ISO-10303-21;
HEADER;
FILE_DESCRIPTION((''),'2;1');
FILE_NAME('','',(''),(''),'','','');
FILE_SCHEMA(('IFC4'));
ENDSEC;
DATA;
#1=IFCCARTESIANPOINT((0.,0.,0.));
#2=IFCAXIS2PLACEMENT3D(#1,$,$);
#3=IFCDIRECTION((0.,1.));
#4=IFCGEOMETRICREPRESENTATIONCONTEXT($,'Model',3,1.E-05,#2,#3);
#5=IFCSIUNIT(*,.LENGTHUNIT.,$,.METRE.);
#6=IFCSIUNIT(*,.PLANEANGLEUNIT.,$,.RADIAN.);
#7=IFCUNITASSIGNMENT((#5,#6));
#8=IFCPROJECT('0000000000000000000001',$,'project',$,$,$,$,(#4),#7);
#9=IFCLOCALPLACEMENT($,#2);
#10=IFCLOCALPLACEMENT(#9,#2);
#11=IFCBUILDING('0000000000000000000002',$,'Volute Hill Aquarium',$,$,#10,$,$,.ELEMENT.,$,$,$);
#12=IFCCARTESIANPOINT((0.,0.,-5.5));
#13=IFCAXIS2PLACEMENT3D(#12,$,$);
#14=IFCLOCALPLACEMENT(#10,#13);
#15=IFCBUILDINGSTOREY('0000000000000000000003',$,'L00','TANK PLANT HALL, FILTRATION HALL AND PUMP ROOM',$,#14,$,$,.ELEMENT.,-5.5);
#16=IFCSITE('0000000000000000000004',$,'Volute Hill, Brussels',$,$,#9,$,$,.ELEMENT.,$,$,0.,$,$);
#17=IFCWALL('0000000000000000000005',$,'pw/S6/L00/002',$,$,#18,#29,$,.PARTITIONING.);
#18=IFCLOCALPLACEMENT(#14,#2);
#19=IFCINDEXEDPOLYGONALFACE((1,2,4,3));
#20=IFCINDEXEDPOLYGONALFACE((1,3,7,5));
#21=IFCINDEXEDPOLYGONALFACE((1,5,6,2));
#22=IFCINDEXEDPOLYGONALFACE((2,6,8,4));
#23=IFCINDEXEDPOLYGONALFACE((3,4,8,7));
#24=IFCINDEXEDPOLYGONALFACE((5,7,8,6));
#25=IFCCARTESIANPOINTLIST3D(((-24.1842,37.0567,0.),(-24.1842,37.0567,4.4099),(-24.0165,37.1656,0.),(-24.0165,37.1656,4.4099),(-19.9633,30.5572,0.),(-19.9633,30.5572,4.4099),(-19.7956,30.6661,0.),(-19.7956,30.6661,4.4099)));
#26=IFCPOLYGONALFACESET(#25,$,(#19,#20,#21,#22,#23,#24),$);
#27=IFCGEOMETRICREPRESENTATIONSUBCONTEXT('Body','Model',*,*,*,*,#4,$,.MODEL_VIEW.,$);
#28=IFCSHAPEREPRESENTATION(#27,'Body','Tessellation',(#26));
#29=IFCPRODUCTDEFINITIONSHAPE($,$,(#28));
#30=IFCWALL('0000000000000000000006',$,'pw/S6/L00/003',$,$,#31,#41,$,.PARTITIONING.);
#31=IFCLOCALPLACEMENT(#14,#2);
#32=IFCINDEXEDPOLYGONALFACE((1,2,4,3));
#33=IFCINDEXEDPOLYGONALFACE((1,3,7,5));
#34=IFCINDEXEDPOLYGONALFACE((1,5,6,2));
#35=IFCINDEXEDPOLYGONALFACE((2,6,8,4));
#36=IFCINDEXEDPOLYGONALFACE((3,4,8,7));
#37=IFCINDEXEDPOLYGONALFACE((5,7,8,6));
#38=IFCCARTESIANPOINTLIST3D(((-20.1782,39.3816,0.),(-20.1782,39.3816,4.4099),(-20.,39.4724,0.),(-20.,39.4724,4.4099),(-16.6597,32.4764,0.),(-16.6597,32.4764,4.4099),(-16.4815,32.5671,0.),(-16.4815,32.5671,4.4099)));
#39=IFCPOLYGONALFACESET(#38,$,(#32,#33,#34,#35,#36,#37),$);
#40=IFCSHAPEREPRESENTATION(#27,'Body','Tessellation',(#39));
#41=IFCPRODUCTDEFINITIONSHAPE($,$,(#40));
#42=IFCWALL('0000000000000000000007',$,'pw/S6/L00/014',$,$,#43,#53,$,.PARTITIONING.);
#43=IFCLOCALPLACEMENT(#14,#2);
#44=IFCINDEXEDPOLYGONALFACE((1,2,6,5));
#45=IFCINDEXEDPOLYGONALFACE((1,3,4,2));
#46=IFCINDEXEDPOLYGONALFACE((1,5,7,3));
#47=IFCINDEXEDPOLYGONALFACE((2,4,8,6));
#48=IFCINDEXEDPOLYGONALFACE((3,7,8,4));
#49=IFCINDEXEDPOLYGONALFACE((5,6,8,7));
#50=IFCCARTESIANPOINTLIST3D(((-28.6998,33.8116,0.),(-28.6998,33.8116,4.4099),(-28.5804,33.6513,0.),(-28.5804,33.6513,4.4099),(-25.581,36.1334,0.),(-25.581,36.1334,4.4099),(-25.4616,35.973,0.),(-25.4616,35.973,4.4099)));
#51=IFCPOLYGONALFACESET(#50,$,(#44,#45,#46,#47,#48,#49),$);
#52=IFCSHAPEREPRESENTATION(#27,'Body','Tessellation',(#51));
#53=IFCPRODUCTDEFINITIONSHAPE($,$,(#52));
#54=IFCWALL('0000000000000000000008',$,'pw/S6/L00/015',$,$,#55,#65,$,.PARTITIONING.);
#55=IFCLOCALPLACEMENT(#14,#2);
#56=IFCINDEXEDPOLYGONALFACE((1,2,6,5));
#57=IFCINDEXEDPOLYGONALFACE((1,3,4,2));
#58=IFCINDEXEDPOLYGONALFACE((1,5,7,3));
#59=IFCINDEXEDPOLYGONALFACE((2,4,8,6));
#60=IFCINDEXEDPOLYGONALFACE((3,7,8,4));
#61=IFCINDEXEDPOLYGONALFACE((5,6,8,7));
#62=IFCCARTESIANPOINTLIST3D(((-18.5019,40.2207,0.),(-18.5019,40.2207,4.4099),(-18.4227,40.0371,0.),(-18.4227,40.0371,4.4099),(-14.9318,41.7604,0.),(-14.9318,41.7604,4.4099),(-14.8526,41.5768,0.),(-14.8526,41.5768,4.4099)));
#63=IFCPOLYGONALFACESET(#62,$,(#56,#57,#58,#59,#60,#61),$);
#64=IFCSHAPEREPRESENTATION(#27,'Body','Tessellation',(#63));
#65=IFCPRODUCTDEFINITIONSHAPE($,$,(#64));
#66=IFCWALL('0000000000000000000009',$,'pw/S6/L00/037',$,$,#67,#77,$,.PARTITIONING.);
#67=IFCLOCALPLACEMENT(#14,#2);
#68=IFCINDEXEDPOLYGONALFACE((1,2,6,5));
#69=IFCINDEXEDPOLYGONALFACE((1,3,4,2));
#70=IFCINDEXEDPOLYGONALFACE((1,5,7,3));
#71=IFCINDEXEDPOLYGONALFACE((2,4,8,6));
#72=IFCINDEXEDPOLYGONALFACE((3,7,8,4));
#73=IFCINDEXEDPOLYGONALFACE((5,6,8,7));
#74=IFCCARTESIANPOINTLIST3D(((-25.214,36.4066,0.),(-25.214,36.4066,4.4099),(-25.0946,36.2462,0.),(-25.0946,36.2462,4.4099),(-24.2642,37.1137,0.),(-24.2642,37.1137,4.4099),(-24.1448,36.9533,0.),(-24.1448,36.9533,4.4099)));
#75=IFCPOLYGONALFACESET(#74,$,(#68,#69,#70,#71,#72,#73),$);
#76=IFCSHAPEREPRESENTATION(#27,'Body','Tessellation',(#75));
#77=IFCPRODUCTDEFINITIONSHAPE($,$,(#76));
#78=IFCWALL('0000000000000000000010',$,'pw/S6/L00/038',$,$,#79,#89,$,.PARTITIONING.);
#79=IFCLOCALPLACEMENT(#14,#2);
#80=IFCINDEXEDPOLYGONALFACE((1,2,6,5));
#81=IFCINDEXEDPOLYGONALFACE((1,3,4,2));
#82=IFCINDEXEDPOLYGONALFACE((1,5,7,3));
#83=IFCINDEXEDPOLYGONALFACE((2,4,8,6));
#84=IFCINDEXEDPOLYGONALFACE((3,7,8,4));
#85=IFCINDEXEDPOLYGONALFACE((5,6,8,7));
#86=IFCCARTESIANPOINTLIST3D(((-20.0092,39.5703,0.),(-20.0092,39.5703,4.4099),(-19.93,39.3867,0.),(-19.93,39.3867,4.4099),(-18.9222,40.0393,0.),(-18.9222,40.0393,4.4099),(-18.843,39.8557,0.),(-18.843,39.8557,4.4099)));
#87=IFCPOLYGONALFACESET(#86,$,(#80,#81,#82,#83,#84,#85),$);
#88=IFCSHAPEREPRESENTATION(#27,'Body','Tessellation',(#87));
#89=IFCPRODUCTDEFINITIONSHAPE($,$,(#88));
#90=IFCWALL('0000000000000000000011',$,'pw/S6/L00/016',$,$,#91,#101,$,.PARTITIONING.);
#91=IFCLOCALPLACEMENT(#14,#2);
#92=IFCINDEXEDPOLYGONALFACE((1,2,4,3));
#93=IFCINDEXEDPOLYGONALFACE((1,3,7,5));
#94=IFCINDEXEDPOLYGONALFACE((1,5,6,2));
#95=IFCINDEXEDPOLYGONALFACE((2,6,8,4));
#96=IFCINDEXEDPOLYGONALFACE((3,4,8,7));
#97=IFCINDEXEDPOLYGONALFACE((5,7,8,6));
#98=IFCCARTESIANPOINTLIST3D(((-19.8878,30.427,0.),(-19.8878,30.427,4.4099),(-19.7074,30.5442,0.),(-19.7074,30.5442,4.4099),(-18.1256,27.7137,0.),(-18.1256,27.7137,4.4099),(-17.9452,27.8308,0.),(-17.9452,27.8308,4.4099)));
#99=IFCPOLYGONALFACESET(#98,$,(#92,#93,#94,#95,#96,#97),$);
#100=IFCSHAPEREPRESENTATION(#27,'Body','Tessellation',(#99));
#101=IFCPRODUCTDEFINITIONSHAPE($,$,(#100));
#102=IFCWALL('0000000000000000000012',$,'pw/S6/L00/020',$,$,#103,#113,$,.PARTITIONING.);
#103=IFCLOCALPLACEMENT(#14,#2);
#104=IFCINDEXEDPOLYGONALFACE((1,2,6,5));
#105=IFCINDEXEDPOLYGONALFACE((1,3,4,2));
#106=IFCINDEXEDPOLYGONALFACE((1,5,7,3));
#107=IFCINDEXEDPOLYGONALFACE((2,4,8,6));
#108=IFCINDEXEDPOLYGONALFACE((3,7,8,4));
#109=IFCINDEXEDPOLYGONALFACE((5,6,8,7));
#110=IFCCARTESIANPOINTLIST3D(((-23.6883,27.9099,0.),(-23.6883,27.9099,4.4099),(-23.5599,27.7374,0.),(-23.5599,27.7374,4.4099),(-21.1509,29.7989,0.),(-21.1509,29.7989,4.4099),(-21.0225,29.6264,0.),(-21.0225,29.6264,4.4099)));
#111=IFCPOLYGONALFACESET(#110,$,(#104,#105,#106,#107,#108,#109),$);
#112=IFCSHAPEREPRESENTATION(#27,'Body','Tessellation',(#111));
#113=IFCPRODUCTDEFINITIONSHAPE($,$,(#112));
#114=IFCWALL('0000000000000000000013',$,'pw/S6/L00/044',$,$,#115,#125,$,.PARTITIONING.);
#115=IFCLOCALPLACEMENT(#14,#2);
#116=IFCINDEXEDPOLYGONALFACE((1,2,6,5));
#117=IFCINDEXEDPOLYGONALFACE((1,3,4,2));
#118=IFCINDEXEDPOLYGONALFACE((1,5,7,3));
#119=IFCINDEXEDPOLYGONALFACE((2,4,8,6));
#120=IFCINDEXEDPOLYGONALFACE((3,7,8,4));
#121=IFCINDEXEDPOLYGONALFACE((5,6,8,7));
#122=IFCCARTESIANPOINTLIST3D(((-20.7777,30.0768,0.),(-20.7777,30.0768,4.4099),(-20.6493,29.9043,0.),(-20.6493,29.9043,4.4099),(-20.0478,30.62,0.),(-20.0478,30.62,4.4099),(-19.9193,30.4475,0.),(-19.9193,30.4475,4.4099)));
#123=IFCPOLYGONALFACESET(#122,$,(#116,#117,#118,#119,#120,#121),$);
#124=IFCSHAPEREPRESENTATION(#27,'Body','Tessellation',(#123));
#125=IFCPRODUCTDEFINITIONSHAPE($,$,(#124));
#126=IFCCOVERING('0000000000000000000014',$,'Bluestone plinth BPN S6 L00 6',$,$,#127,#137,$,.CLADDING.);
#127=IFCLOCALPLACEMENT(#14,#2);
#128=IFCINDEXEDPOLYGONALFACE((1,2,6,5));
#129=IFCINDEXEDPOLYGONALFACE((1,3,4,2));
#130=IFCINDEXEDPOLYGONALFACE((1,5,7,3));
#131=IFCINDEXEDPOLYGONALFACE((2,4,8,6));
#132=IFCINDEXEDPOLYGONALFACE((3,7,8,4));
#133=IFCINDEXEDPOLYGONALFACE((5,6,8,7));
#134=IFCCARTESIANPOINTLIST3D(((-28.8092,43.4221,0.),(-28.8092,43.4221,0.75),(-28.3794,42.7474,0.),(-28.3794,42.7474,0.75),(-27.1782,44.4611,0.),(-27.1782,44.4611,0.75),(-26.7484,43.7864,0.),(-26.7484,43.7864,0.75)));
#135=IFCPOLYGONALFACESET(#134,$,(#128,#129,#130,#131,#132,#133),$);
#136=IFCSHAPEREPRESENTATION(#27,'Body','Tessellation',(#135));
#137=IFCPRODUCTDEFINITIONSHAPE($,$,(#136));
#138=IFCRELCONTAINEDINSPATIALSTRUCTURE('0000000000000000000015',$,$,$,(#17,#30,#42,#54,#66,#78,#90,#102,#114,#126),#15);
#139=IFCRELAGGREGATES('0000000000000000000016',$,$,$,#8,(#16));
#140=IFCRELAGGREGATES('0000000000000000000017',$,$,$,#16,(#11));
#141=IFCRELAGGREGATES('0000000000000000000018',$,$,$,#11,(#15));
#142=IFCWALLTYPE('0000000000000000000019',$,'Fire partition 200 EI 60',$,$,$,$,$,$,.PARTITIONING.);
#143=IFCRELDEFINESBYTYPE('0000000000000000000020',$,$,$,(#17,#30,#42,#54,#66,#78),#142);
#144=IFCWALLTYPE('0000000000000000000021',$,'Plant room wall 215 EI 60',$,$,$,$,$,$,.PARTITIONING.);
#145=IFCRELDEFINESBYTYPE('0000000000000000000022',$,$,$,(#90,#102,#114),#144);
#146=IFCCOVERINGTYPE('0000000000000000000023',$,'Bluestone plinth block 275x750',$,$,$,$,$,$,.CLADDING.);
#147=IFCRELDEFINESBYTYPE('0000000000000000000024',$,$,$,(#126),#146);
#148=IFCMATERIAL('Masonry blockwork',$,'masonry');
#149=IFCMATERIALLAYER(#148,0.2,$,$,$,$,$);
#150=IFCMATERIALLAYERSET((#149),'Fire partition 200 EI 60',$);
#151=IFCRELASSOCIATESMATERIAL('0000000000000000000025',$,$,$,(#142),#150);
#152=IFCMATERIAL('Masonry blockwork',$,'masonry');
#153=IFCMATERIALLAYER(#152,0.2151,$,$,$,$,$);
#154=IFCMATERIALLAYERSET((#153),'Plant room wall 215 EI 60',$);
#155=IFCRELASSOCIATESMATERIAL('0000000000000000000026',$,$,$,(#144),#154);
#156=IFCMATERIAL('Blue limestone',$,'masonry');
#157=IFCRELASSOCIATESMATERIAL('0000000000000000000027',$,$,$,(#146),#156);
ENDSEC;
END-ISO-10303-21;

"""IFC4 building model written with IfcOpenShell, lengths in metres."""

from ifc_helpers import new_model, si_unit, direction, frame, frame_2d, origin, origin_2d, place, context, subcontext, project, spatial, rectangle, extrude, material, layer, layer_set, type_object, element, save


model = new_model("IFC4")

# Units and contexts
model_context = context("Model", 3, precision=1e-05, world=origin(), true_north=direction((0.0, 1.0)))
body_context = subcontext(model_context, "Body", "Model", "MODEL_VIEW")
ifc_project = project(units=[si_unit("LENGTHUNIT", "METRE"), si_unit("PLANEANGLEUNIT", "RADIAN")], contexts=[model_context])

# Site, building, storey
site_placement = place(None, origin())
site = spatial("IfcSite", under=ifc_project, at=site_placement, Name="Volute Hill, Brussels", CompositionType="ELEMENT", RefElevation=0.0)
building_placement = place(site_placement, origin())
building = spatial("IfcBuilding", under=site, at=building_placement, Name="Volute Hill Aquarium", CompositionType="ELEMENT")
storey_placement = place(building_placement, frame((0.0, 0.0, -5.5)))
storey = spatial("IfcBuildingStorey", under=building, at=storey_placement, Name="L00", Description="TANK PLANT HALL, FILTRATION HALL AND PUMP ROOM", CompositionType="ELEMENT", Elevation=-5.5)

# Walls
ifc_material_1 = material(Name="Masonry blockwork", Category="masonry")
ifc_layer_1 = layer(ifc_material_1, 0.2)
ifc_layer_set_1 = layer_set([ifc_layer_1], Name="Fire partition 200 EI 60")
wall_type_1 = type_object("IfcWallType", Name="Fire partition 200 EI 60", PredefinedType="PARTITIONING", material=ifc_layer_set_1)
wall_1_placement = place(storey_placement, frame((-19.8794, 30.6116, 0.0), z_axis=(0.0, 0.0, 1.0), x_axis=(-0.544649, 0.838664, 0.0)))
element("IfcWall", 1, at=wall_1_placement, inside=storey, type_object=wall_type_1, Name="pw/S6/L00/002", PredefinedType="PARTITIONING", context=body_context, shape_type="SweptSolid", body=[
    extrude(rectangle(XDim=7.7498, YDim=0.2, at=frame_2d((3.875, 0.0))), origin(), (0.0, 0.0, 1.0), 4.4099),
])
wall_2_placement = place(storey_placement, frame((-20.0891, 39.427, 0.0), z_axis=(0.0, 0.0, 1.0), x_axis=(0.454005, -0.890999, 0.0)))
element("IfcWall", 2, at=wall_2_placement, inside=storey, type_object=wall_type_1, Name="pw/S6/L00/003", PredefinedType="PARTITIONING", context=body_context, shape_type="SweptSolid", body=[
    extrude(rectangle(XDim=7.75, YDim=0.2, at=frame_2d((3.875, 0.0))), origin(), (0.0, 0.0, 1.0), 4.4099),
])
wall_3_placement = place(storey_placement, frame((-28.6401, 33.7314, 0.0), z_axis=(0.0, 0.0, 1.0), x_axis=(0.802142, 0.597133, 0.0)))
element("IfcWall", 3, at=wall_3_placement, inside=storey, type_object=wall_type_1, Name="pw/S6/L00/014", PredefinedType="PARTITIONING", context=body_context, shape_type="SweptSolid", body=[
    extrude(rectangle(XDim=3.8882, YDim=0.2, at=frame_2d((1.9441, 0.0))), origin(), (0.0, 0.0, 1.0), 4.4099),
])
wall_4_placement = place(storey_placement, frame((-18.4622, 40.1289, 0.0), z_axis=(0.0, 0.0, 1.0), x_axis=(0.918233, 0.39604, 0.0)))
element("IfcWall", 4, at=wall_4_placement, inside=storey, type_object=wall_type_1, Name="pw/S6/L00/015", PredefinedType="PARTITIONING", context=body_context, shape_type="SweptSolid", body=[
    extrude(rectangle(XDim=3.8879, YDim=0.2, at=frame_2d((1.9438, 0.0))), origin(), (0.0, 0.0, 1.0), 4.4099),
])
wall_5_placement = place(storey_placement, frame((-25.1543, 36.3264, 0.0), z_axis=(0.0, 0.0, 1.0), x_axis=(0.802123, 0.597159, 0.0)))
element("IfcWall", 5, at=wall_5_placement, inside=storey, type_object=wall_type_1, Name="pw/S6/L00/037", PredefinedType="PARTITIONING", context=body_context, shape_type="SweptSolid", body=[
    extrude(rectangle(XDim=1.1841, YDim=0.2, at=frame_2d((0.592, 0.0))), origin(), (0.0, 0.0, 1.0), 4.4099),
])
wall_6_placement = place(storey_placement, frame((-19.9695, 39.4785, 0.0), z_axis=(0.0, 0.0, 1.0), x_axis=(0.918171, 0.396183, 0.0)))
element("IfcWall", 6, at=wall_6_placement, inside=storey, type_object=wall_type_1, Name="pw/S6/L00/038", PredefinedType="PARTITIONING", context=body_context, shape_type="SweptSolid", body=[
    extrude(rectangle(XDim=1.1838, YDim=0.2, at=frame_2d((0.5918, 0.0))), origin(), (0.0, 0.0, 1.0), 4.4099),
])
ifc_material_2 = material(Name="Masonry blockwork", Category="masonry")
ifc_layer_2 = layer(ifc_material_2, 0.2151)
ifc_layer_set_2 = layer_set([ifc_layer_2], Name="Plant room wall 215 EI 60")
wall_type_2 = type_object("IfcWallType", Name="Plant room wall 215 EI 60", PredefinedType="PARTITIONING", material=ifc_layer_set_2)
wall_7_placement = place(storey_placement, frame((-19.7976, 30.4856, 0.0), z_axis=(0.0, 0.0, 1.0), x_axis=(0.544665, -0.838654, 0.0)))
element("IfcWall", 7, at=wall_7_placement, inside=storey, type_object=wall_type_2, Name="pw/S6/L00/016", PredefinedType="PARTITIONING", context=body_context, shape_type="SweptSolid", body=[
    extrude(rectangle(XDim=3.2354, YDim=0.2151, at=frame_2d((1.6177, 0.0))), origin(), (0.0, 0.0, 1.0), 4.4099),
])
wall_8_placement = place(storey_placement, frame((-23.624, 27.8237, 0.0), z_axis=(0.0, 0.0, 1.0), x_axis=(0.802134, 0.597144, 0.0)))
element("IfcWall", 8, at=wall_8_placement, inside=storey, type_object=wall_type_2, Name="pw/S6/L00/020", PredefinedType="PARTITIONING", context=body_context, shape_type="SweptSolid", body=[
    extrude(rectangle(XDim=3.1633, YDim=0.2151, at=frame_2d((1.5815, 0.0))), origin(), (0.0, 0.0, 1.0), 4.4099),
])
wall_9_placement = place(storey_placement, frame((-20.7136, 29.9905, 0.0), z_axis=(0.0, 0.0, 1.0), x_axis=(0.802248, 0.596991, 0.0)))
element("IfcWall", 9, at=wall_9_placement, inside=storey, type_object=wall_type_2, Name="pw/S6/L00/044", PredefinedType="PARTITIONING", context=body_context, shape_type="SweptSolid", body=[
    extrude(rectangle(XDim=0.9099, YDim=0.2151, at=frame_2d((0.4551, 0.0))), origin(), (0.0, 0.0, 1.0), 4.4099),
])

# Covering
ifc_material_3 = material(Name="Blue limestone", Category="masonry")
covering_type = type_object("IfcCoveringType", Name="Bluestone plinth block 275x750", PredefinedType="CLADDING", material=ifc_material_3)
covering_placement = place(storey_placement, frame((-27.7788, 43.6042, 0.0), z_axis=(0.0, 0.0, 1.0), x_axis=(-0.843396, -0.537293, 0.0)))
element("IfcCovering", 10, at=covering_placement, inside=storey, type_object=covering_type, Name="Bluestone plinth BPN S6 L00 6", PredefinedType="CLADDING", context=body_context, shape_type="SweptSolid", body=[
    extrude(rectangle(XDim=1.9338, YDim=0.8, at=origin_2d()), origin(), (0.0, 0.0, 1.0), 0.75),
])

save(model, "model.ifc")
